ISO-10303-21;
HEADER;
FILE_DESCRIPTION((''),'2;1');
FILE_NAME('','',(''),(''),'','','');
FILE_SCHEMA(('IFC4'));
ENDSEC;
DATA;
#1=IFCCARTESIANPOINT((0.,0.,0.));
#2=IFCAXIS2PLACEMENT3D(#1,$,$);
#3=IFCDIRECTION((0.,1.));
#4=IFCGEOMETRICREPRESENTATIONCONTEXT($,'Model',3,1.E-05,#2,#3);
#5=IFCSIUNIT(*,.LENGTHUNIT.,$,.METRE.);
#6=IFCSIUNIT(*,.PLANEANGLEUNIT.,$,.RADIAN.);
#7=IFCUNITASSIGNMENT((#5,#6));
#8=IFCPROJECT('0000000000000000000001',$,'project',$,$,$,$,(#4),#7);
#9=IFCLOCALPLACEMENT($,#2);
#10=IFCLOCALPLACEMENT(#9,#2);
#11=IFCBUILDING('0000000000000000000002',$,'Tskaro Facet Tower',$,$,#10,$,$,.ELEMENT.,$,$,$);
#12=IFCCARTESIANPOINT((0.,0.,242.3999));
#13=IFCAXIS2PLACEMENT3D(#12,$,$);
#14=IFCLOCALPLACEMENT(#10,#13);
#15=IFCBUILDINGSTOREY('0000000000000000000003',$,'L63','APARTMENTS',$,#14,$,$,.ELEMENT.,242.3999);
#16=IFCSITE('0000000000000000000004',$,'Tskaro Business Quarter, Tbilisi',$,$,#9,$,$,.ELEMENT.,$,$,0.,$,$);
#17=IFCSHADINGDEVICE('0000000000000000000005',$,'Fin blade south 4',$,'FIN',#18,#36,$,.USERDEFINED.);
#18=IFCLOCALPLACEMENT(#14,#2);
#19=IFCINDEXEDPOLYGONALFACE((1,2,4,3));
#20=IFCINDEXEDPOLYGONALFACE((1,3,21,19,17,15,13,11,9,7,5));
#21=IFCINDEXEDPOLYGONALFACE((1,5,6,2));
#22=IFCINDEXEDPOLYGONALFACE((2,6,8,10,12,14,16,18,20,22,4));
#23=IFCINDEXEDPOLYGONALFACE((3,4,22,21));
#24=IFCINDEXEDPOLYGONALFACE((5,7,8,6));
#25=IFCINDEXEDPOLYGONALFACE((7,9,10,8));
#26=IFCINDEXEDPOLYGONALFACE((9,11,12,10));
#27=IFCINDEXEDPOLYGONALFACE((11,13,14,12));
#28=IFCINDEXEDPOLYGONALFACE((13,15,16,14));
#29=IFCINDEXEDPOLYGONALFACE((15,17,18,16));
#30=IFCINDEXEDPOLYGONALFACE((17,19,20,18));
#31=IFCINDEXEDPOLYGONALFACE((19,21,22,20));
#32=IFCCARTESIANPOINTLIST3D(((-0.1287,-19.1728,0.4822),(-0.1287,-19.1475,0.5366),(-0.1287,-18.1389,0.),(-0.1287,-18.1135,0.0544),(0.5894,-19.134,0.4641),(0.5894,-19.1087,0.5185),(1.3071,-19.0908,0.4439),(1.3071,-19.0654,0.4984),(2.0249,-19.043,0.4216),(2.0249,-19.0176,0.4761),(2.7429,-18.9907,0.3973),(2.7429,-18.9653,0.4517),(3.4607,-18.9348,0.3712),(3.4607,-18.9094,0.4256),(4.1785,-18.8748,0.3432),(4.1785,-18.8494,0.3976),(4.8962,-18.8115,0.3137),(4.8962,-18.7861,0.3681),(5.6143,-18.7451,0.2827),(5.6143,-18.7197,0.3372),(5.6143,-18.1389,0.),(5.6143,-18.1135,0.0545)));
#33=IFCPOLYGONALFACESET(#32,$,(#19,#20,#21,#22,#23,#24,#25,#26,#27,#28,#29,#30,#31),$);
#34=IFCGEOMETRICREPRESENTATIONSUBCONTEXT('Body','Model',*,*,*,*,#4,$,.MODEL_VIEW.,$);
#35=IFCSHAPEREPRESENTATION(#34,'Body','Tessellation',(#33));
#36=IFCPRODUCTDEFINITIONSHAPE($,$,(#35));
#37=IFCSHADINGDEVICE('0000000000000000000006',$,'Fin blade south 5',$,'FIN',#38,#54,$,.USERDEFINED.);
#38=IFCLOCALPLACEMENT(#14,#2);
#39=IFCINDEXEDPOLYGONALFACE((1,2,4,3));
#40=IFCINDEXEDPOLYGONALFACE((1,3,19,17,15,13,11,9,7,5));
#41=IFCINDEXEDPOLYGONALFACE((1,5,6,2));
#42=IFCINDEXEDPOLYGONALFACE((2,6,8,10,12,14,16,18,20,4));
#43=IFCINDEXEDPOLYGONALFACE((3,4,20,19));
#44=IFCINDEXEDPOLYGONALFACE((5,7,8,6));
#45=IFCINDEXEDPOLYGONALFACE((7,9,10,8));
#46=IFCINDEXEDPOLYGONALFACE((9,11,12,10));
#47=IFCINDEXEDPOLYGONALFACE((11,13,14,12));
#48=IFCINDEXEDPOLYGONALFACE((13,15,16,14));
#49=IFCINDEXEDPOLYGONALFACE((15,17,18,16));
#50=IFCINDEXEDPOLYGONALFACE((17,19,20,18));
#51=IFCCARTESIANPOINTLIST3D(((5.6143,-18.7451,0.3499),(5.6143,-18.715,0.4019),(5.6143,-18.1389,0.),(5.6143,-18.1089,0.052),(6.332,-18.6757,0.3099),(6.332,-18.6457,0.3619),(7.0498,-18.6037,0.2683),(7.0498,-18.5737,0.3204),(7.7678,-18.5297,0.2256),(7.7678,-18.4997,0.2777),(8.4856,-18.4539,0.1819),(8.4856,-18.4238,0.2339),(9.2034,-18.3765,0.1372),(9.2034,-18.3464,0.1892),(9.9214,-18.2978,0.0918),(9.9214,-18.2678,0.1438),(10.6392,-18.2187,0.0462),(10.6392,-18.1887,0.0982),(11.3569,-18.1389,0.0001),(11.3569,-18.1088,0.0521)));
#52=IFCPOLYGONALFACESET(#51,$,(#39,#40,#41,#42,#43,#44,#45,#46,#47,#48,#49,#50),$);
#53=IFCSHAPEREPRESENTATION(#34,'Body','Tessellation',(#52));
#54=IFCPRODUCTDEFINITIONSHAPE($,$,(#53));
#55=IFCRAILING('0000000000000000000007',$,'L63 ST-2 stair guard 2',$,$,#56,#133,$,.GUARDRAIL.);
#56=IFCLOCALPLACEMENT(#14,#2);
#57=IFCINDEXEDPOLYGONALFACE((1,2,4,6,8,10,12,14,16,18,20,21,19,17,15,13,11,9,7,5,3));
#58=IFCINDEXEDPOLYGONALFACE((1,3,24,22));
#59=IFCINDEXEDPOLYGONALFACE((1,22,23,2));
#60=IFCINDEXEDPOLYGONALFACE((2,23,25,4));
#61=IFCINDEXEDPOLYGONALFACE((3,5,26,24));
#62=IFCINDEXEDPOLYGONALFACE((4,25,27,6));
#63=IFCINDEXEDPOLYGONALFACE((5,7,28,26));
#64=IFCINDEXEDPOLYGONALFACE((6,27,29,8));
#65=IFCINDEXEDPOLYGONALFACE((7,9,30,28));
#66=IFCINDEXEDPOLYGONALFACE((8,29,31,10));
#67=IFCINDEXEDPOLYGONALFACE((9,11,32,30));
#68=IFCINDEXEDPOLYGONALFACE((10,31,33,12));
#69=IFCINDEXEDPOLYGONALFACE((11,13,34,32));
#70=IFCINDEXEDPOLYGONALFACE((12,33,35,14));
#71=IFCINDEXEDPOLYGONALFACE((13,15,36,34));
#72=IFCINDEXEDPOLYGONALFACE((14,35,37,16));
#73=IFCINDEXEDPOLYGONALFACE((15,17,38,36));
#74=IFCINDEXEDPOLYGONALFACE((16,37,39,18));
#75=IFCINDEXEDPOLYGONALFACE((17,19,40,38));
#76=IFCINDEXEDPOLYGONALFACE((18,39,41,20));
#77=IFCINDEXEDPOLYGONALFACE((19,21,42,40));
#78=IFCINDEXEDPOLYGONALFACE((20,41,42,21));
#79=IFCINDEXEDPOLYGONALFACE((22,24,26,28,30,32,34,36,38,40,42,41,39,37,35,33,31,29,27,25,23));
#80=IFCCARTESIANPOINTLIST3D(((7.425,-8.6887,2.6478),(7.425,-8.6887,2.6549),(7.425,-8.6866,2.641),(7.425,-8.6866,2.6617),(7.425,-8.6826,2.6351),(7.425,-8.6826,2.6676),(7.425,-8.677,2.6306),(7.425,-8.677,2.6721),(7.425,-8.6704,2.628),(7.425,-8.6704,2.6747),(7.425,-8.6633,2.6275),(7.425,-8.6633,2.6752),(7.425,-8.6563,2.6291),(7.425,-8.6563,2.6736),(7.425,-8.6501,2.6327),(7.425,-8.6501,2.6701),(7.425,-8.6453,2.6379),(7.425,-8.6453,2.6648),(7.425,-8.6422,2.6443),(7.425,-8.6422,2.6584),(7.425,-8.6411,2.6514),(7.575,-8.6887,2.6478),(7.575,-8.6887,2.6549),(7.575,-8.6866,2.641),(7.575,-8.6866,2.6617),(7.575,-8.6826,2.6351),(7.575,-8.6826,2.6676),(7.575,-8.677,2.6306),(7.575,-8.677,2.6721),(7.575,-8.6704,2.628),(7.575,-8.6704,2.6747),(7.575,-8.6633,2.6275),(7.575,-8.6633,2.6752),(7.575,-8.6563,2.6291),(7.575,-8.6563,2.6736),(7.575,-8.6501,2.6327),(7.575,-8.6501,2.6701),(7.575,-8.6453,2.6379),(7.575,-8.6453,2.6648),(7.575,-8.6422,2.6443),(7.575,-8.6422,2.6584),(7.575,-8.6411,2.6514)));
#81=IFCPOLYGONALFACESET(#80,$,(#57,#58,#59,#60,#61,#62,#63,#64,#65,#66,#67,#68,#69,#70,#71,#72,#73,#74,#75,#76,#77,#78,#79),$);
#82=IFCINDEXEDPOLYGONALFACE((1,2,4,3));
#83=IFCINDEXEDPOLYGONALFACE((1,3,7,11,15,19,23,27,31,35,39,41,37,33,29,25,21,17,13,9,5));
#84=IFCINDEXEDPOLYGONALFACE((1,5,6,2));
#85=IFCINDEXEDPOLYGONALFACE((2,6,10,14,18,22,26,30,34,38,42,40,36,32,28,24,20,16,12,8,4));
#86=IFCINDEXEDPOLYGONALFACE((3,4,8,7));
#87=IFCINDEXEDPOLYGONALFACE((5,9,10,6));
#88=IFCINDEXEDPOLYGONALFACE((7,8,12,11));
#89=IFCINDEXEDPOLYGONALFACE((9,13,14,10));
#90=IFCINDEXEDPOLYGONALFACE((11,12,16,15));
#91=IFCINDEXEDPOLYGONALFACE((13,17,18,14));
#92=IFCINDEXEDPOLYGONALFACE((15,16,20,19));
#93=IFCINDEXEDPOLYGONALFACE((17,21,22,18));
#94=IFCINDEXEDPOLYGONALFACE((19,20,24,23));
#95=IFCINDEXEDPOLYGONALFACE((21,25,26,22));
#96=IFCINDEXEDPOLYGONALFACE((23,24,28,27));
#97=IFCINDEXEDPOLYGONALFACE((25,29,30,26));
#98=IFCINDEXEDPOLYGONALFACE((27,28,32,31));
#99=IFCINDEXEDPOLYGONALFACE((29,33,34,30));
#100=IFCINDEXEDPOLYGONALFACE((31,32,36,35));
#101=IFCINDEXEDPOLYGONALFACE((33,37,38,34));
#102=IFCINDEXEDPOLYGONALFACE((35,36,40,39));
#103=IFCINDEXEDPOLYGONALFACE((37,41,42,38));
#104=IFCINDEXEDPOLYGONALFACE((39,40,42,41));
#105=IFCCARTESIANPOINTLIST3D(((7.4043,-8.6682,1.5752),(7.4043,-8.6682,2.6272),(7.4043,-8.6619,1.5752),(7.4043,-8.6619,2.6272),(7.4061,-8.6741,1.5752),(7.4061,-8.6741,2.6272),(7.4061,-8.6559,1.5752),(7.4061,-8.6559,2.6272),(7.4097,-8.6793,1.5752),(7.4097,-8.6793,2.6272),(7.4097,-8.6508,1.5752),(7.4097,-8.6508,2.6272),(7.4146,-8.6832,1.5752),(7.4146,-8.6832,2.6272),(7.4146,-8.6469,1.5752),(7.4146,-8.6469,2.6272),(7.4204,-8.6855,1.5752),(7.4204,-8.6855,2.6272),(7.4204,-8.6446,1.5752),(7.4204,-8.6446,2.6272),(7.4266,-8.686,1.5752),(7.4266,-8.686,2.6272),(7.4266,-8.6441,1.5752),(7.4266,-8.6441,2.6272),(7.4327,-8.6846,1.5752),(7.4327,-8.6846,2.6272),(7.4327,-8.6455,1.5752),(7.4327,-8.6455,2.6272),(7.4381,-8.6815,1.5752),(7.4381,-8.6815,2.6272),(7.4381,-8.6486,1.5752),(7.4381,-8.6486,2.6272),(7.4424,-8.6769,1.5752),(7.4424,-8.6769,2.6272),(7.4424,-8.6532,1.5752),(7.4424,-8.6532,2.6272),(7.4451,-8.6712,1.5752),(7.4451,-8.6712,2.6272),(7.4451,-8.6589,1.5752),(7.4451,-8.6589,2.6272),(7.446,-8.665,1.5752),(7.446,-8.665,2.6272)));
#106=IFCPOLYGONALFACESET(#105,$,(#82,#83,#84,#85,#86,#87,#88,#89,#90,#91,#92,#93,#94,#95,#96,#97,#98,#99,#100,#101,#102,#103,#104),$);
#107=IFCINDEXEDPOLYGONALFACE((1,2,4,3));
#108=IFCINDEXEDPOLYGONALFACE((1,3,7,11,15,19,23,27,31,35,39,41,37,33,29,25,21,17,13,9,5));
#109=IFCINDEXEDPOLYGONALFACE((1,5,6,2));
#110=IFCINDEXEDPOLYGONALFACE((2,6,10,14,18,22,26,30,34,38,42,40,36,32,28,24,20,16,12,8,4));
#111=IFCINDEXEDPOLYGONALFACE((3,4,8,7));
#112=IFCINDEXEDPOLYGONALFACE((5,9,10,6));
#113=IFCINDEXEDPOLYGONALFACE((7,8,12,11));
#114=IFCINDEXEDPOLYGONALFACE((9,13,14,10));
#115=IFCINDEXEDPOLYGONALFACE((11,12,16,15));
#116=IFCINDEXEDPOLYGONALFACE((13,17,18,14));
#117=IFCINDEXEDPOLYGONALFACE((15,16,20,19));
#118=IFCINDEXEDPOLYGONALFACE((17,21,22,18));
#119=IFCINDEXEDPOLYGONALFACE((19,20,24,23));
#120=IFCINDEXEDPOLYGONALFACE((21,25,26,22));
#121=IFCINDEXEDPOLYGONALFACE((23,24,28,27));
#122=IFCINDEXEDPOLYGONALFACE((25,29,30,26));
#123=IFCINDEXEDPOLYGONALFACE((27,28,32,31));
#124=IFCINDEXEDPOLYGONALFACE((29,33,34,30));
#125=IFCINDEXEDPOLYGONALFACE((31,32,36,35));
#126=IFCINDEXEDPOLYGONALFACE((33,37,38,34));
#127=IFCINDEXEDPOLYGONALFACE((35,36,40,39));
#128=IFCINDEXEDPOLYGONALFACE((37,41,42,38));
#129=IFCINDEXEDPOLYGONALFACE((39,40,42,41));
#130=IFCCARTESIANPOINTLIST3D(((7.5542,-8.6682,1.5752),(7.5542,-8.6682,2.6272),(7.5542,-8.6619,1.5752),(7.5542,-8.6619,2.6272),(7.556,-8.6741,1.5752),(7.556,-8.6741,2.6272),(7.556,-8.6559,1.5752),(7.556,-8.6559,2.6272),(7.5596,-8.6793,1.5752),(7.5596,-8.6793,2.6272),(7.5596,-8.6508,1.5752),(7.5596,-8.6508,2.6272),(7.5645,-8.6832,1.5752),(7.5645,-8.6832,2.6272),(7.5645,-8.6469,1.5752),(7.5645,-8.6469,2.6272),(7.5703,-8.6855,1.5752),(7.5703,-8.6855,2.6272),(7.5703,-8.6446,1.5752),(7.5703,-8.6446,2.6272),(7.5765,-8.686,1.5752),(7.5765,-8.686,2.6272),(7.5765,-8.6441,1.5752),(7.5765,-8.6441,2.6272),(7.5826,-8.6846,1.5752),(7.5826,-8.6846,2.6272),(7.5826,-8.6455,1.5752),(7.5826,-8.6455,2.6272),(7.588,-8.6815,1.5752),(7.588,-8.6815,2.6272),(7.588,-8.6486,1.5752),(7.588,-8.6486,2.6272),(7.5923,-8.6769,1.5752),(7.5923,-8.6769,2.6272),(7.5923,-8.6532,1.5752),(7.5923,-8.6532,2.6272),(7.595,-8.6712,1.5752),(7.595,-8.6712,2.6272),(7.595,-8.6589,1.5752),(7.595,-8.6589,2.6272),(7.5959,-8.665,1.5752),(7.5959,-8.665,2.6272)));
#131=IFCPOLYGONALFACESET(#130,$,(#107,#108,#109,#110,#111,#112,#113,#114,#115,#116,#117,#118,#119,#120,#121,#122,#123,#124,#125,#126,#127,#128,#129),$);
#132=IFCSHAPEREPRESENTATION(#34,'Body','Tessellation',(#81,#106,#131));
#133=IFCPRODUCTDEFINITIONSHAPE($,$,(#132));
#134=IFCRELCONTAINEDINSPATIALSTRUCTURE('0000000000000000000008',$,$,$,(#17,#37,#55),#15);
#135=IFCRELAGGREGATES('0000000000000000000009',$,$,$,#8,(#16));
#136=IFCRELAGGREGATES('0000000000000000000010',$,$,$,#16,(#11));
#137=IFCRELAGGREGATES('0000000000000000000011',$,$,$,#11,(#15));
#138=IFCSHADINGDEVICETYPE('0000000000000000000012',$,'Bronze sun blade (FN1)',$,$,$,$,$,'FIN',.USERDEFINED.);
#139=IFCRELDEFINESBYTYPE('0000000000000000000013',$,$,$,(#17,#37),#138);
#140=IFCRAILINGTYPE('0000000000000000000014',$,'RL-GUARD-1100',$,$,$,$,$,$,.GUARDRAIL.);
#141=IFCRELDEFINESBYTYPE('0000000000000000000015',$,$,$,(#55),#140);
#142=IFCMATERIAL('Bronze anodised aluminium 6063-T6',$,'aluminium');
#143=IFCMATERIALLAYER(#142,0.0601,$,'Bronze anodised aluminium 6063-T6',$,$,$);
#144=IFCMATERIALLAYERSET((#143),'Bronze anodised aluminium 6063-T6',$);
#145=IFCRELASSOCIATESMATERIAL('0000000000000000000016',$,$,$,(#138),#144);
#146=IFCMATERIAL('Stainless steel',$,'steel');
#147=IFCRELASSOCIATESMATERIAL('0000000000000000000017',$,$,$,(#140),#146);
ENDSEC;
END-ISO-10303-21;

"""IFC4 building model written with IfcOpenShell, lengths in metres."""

from ifc_helpers import new_model, si_unit, direction, frame, origin, origin_2d, place, context, subcontext, project, spatial, polyline, circle, outline, extrude, material, layer, layer_set, type_object, element, save


model = new_model("IFC4")

# Units and contexts
model_context = context("Model", 3, precision=1e-05, world=origin(), true_north=direction((0.0, 1.0)))
body_context = subcontext(model_context, "Body", "Model", "MODEL_VIEW")
ifc_project = project(units=[si_unit("LENGTHUNIT", "METRE"), si_unit("PLANEANGLEUNIT", "RADIAN")], contexts=[model_context])

# Site, building, storey
site_placement = place(None, origin())
site = spatial("IfcSite", under=ifc_project, at=site_placement, Name="Tskaro Business Quarter, Tbilisi", CompositionType="ELEMENT", RefElevation=0.0)
building_placement = place(site_placement, origin())
building = spatial("IfcBuilding", under=site, at=building_placement, Name="Tskaro Facet Tower", CompositionType="ELEMENT")
storey_placement = place(building_placement, frame((0.0, 0.0, 242.3999)))
storey = spatial("IfcBuildingStorey", under=building, at=storey_placement, Name="L63", Description="APARTMENTS", CompositionType="ELEMENT", Elevation=242.3999)

# Shared definitions
ifc_material_1 = material(Name="Bronze anodised aluminium 6063-T6", Category="aluminium")

# Shading devices
ifc_layer_1 = layer(ifc_material_1, 0.0601, Name="Bronze anodised aluminium 6063-T6")
ifc_layer_set_1 = layer_set([ifc_layer_1], Name="Bronze anodised aluminium 6063-T6")
shading_device_type = type_object("IfcShadingDeviceType", Name="Bronze sun blade (FN1)", ElementType="FIN", PredefinedType="USERDEFINED", material=ifc_layer_set_1)
shading_device_1_placement = place(storey_placement, frame((-0.1287, -18.1135, 0.0544), z_axis=(-0.000001, 0.422656, 0.90629), x_axis=(1.0, 0.000001, 0.000001)))
element("IfcShadingDevice", 1, at=shading_device_1_placement, inside=storey, type_object=shading_device_type, Name="Fin blade south 4", ObjectType="FIN", PredefinedType="USERDEFINED", context=body_context, shape_type="SweptSolid", body=[
    extrude(outline(polyline([(0.0, 0.0), (5.7429, 0.0), (5.7429, -0.6689), (5.0249, -0.7422), (4.3071, -0.812), (3.5894, -0.8782), (2.8716, -0.9399), (2.1536, -0.9975), (1.4358, -1.0503), (0.718, -1.098), (0.0, -1.1408), (0.0, 0.0)])), origin(), (0.0, 0.0, -1.0), 0.0601),
])
shading_device_2_placement = place(storey_placement, frame((5.6143, -18.1089, 0.052), z_axis=(-0.000015, 0.499957, 0.86605), x_axis=(1.0, 0.000007, 0.000013)))
element("IfcShadingDevice", 2, at=shading_device_2_placement, inside=storey, type_object=shading_device_type, Name="Fin blade south 5", ObjectType="FIN", PredefinedType="USERDEFINED", context=body_context, shape_type="SweptSolid", body=[
    extrude(outline(polyline([(0.0, 0.0), (5.7427, 0.0), (5.0249, -0.0922), (4.3071, -0.1835), (3.5891, -0.2743), (2.8713, -0.3637), (2.1536, -0.4513), (1.4355, -0.5367), (0.7178, -0.6198), (0.0, -0.6999), (0.0, 0.0)])), origin(), (0.0, 0.0, -1.0), 0.0601),
])

# Railing
ifc_material_2 = material(Name="Stainless steel", Category="steel")
railing_type_1 = type_object("IfcRailingType", Name="RL-GUARD-1100", PredefinedType="GUARDRAIL", material=ifc_material_2)
railing_1_placement = place(storey_placement, frame((7.425, -8.665, 1.5752)))
element("IfcRailing", 3, at=railing_1_placement, inside=storey, type_object=railing_type_1, Name="L63 ST-2 stair guard 2", PredefinedType="GUARDRAIL", context=body_context, shape_type="SweptSolid", body=[
    extrude(circle(Radius=0.0239, at=origin_2d()), frame((0.0, 0.0, 1.0762), z_axis=(1.0, 0.0, 0.0), x_axis=(0.0, 1.0, 0.0)), (0.0, 0.0, 1.0), 0.1499),
    extrude(circle(Radius=0.021, at=origin_2d()), origin(), (0.0, 0.0, 1.0), 1.052),
    extrude(circle(Radius=0.021, at=origin_2d()), frame((0.1499, 0.0, 0.0)), (0.0, 0.0, 1.0), 1.052),
])

save(model, "model.ifc")
